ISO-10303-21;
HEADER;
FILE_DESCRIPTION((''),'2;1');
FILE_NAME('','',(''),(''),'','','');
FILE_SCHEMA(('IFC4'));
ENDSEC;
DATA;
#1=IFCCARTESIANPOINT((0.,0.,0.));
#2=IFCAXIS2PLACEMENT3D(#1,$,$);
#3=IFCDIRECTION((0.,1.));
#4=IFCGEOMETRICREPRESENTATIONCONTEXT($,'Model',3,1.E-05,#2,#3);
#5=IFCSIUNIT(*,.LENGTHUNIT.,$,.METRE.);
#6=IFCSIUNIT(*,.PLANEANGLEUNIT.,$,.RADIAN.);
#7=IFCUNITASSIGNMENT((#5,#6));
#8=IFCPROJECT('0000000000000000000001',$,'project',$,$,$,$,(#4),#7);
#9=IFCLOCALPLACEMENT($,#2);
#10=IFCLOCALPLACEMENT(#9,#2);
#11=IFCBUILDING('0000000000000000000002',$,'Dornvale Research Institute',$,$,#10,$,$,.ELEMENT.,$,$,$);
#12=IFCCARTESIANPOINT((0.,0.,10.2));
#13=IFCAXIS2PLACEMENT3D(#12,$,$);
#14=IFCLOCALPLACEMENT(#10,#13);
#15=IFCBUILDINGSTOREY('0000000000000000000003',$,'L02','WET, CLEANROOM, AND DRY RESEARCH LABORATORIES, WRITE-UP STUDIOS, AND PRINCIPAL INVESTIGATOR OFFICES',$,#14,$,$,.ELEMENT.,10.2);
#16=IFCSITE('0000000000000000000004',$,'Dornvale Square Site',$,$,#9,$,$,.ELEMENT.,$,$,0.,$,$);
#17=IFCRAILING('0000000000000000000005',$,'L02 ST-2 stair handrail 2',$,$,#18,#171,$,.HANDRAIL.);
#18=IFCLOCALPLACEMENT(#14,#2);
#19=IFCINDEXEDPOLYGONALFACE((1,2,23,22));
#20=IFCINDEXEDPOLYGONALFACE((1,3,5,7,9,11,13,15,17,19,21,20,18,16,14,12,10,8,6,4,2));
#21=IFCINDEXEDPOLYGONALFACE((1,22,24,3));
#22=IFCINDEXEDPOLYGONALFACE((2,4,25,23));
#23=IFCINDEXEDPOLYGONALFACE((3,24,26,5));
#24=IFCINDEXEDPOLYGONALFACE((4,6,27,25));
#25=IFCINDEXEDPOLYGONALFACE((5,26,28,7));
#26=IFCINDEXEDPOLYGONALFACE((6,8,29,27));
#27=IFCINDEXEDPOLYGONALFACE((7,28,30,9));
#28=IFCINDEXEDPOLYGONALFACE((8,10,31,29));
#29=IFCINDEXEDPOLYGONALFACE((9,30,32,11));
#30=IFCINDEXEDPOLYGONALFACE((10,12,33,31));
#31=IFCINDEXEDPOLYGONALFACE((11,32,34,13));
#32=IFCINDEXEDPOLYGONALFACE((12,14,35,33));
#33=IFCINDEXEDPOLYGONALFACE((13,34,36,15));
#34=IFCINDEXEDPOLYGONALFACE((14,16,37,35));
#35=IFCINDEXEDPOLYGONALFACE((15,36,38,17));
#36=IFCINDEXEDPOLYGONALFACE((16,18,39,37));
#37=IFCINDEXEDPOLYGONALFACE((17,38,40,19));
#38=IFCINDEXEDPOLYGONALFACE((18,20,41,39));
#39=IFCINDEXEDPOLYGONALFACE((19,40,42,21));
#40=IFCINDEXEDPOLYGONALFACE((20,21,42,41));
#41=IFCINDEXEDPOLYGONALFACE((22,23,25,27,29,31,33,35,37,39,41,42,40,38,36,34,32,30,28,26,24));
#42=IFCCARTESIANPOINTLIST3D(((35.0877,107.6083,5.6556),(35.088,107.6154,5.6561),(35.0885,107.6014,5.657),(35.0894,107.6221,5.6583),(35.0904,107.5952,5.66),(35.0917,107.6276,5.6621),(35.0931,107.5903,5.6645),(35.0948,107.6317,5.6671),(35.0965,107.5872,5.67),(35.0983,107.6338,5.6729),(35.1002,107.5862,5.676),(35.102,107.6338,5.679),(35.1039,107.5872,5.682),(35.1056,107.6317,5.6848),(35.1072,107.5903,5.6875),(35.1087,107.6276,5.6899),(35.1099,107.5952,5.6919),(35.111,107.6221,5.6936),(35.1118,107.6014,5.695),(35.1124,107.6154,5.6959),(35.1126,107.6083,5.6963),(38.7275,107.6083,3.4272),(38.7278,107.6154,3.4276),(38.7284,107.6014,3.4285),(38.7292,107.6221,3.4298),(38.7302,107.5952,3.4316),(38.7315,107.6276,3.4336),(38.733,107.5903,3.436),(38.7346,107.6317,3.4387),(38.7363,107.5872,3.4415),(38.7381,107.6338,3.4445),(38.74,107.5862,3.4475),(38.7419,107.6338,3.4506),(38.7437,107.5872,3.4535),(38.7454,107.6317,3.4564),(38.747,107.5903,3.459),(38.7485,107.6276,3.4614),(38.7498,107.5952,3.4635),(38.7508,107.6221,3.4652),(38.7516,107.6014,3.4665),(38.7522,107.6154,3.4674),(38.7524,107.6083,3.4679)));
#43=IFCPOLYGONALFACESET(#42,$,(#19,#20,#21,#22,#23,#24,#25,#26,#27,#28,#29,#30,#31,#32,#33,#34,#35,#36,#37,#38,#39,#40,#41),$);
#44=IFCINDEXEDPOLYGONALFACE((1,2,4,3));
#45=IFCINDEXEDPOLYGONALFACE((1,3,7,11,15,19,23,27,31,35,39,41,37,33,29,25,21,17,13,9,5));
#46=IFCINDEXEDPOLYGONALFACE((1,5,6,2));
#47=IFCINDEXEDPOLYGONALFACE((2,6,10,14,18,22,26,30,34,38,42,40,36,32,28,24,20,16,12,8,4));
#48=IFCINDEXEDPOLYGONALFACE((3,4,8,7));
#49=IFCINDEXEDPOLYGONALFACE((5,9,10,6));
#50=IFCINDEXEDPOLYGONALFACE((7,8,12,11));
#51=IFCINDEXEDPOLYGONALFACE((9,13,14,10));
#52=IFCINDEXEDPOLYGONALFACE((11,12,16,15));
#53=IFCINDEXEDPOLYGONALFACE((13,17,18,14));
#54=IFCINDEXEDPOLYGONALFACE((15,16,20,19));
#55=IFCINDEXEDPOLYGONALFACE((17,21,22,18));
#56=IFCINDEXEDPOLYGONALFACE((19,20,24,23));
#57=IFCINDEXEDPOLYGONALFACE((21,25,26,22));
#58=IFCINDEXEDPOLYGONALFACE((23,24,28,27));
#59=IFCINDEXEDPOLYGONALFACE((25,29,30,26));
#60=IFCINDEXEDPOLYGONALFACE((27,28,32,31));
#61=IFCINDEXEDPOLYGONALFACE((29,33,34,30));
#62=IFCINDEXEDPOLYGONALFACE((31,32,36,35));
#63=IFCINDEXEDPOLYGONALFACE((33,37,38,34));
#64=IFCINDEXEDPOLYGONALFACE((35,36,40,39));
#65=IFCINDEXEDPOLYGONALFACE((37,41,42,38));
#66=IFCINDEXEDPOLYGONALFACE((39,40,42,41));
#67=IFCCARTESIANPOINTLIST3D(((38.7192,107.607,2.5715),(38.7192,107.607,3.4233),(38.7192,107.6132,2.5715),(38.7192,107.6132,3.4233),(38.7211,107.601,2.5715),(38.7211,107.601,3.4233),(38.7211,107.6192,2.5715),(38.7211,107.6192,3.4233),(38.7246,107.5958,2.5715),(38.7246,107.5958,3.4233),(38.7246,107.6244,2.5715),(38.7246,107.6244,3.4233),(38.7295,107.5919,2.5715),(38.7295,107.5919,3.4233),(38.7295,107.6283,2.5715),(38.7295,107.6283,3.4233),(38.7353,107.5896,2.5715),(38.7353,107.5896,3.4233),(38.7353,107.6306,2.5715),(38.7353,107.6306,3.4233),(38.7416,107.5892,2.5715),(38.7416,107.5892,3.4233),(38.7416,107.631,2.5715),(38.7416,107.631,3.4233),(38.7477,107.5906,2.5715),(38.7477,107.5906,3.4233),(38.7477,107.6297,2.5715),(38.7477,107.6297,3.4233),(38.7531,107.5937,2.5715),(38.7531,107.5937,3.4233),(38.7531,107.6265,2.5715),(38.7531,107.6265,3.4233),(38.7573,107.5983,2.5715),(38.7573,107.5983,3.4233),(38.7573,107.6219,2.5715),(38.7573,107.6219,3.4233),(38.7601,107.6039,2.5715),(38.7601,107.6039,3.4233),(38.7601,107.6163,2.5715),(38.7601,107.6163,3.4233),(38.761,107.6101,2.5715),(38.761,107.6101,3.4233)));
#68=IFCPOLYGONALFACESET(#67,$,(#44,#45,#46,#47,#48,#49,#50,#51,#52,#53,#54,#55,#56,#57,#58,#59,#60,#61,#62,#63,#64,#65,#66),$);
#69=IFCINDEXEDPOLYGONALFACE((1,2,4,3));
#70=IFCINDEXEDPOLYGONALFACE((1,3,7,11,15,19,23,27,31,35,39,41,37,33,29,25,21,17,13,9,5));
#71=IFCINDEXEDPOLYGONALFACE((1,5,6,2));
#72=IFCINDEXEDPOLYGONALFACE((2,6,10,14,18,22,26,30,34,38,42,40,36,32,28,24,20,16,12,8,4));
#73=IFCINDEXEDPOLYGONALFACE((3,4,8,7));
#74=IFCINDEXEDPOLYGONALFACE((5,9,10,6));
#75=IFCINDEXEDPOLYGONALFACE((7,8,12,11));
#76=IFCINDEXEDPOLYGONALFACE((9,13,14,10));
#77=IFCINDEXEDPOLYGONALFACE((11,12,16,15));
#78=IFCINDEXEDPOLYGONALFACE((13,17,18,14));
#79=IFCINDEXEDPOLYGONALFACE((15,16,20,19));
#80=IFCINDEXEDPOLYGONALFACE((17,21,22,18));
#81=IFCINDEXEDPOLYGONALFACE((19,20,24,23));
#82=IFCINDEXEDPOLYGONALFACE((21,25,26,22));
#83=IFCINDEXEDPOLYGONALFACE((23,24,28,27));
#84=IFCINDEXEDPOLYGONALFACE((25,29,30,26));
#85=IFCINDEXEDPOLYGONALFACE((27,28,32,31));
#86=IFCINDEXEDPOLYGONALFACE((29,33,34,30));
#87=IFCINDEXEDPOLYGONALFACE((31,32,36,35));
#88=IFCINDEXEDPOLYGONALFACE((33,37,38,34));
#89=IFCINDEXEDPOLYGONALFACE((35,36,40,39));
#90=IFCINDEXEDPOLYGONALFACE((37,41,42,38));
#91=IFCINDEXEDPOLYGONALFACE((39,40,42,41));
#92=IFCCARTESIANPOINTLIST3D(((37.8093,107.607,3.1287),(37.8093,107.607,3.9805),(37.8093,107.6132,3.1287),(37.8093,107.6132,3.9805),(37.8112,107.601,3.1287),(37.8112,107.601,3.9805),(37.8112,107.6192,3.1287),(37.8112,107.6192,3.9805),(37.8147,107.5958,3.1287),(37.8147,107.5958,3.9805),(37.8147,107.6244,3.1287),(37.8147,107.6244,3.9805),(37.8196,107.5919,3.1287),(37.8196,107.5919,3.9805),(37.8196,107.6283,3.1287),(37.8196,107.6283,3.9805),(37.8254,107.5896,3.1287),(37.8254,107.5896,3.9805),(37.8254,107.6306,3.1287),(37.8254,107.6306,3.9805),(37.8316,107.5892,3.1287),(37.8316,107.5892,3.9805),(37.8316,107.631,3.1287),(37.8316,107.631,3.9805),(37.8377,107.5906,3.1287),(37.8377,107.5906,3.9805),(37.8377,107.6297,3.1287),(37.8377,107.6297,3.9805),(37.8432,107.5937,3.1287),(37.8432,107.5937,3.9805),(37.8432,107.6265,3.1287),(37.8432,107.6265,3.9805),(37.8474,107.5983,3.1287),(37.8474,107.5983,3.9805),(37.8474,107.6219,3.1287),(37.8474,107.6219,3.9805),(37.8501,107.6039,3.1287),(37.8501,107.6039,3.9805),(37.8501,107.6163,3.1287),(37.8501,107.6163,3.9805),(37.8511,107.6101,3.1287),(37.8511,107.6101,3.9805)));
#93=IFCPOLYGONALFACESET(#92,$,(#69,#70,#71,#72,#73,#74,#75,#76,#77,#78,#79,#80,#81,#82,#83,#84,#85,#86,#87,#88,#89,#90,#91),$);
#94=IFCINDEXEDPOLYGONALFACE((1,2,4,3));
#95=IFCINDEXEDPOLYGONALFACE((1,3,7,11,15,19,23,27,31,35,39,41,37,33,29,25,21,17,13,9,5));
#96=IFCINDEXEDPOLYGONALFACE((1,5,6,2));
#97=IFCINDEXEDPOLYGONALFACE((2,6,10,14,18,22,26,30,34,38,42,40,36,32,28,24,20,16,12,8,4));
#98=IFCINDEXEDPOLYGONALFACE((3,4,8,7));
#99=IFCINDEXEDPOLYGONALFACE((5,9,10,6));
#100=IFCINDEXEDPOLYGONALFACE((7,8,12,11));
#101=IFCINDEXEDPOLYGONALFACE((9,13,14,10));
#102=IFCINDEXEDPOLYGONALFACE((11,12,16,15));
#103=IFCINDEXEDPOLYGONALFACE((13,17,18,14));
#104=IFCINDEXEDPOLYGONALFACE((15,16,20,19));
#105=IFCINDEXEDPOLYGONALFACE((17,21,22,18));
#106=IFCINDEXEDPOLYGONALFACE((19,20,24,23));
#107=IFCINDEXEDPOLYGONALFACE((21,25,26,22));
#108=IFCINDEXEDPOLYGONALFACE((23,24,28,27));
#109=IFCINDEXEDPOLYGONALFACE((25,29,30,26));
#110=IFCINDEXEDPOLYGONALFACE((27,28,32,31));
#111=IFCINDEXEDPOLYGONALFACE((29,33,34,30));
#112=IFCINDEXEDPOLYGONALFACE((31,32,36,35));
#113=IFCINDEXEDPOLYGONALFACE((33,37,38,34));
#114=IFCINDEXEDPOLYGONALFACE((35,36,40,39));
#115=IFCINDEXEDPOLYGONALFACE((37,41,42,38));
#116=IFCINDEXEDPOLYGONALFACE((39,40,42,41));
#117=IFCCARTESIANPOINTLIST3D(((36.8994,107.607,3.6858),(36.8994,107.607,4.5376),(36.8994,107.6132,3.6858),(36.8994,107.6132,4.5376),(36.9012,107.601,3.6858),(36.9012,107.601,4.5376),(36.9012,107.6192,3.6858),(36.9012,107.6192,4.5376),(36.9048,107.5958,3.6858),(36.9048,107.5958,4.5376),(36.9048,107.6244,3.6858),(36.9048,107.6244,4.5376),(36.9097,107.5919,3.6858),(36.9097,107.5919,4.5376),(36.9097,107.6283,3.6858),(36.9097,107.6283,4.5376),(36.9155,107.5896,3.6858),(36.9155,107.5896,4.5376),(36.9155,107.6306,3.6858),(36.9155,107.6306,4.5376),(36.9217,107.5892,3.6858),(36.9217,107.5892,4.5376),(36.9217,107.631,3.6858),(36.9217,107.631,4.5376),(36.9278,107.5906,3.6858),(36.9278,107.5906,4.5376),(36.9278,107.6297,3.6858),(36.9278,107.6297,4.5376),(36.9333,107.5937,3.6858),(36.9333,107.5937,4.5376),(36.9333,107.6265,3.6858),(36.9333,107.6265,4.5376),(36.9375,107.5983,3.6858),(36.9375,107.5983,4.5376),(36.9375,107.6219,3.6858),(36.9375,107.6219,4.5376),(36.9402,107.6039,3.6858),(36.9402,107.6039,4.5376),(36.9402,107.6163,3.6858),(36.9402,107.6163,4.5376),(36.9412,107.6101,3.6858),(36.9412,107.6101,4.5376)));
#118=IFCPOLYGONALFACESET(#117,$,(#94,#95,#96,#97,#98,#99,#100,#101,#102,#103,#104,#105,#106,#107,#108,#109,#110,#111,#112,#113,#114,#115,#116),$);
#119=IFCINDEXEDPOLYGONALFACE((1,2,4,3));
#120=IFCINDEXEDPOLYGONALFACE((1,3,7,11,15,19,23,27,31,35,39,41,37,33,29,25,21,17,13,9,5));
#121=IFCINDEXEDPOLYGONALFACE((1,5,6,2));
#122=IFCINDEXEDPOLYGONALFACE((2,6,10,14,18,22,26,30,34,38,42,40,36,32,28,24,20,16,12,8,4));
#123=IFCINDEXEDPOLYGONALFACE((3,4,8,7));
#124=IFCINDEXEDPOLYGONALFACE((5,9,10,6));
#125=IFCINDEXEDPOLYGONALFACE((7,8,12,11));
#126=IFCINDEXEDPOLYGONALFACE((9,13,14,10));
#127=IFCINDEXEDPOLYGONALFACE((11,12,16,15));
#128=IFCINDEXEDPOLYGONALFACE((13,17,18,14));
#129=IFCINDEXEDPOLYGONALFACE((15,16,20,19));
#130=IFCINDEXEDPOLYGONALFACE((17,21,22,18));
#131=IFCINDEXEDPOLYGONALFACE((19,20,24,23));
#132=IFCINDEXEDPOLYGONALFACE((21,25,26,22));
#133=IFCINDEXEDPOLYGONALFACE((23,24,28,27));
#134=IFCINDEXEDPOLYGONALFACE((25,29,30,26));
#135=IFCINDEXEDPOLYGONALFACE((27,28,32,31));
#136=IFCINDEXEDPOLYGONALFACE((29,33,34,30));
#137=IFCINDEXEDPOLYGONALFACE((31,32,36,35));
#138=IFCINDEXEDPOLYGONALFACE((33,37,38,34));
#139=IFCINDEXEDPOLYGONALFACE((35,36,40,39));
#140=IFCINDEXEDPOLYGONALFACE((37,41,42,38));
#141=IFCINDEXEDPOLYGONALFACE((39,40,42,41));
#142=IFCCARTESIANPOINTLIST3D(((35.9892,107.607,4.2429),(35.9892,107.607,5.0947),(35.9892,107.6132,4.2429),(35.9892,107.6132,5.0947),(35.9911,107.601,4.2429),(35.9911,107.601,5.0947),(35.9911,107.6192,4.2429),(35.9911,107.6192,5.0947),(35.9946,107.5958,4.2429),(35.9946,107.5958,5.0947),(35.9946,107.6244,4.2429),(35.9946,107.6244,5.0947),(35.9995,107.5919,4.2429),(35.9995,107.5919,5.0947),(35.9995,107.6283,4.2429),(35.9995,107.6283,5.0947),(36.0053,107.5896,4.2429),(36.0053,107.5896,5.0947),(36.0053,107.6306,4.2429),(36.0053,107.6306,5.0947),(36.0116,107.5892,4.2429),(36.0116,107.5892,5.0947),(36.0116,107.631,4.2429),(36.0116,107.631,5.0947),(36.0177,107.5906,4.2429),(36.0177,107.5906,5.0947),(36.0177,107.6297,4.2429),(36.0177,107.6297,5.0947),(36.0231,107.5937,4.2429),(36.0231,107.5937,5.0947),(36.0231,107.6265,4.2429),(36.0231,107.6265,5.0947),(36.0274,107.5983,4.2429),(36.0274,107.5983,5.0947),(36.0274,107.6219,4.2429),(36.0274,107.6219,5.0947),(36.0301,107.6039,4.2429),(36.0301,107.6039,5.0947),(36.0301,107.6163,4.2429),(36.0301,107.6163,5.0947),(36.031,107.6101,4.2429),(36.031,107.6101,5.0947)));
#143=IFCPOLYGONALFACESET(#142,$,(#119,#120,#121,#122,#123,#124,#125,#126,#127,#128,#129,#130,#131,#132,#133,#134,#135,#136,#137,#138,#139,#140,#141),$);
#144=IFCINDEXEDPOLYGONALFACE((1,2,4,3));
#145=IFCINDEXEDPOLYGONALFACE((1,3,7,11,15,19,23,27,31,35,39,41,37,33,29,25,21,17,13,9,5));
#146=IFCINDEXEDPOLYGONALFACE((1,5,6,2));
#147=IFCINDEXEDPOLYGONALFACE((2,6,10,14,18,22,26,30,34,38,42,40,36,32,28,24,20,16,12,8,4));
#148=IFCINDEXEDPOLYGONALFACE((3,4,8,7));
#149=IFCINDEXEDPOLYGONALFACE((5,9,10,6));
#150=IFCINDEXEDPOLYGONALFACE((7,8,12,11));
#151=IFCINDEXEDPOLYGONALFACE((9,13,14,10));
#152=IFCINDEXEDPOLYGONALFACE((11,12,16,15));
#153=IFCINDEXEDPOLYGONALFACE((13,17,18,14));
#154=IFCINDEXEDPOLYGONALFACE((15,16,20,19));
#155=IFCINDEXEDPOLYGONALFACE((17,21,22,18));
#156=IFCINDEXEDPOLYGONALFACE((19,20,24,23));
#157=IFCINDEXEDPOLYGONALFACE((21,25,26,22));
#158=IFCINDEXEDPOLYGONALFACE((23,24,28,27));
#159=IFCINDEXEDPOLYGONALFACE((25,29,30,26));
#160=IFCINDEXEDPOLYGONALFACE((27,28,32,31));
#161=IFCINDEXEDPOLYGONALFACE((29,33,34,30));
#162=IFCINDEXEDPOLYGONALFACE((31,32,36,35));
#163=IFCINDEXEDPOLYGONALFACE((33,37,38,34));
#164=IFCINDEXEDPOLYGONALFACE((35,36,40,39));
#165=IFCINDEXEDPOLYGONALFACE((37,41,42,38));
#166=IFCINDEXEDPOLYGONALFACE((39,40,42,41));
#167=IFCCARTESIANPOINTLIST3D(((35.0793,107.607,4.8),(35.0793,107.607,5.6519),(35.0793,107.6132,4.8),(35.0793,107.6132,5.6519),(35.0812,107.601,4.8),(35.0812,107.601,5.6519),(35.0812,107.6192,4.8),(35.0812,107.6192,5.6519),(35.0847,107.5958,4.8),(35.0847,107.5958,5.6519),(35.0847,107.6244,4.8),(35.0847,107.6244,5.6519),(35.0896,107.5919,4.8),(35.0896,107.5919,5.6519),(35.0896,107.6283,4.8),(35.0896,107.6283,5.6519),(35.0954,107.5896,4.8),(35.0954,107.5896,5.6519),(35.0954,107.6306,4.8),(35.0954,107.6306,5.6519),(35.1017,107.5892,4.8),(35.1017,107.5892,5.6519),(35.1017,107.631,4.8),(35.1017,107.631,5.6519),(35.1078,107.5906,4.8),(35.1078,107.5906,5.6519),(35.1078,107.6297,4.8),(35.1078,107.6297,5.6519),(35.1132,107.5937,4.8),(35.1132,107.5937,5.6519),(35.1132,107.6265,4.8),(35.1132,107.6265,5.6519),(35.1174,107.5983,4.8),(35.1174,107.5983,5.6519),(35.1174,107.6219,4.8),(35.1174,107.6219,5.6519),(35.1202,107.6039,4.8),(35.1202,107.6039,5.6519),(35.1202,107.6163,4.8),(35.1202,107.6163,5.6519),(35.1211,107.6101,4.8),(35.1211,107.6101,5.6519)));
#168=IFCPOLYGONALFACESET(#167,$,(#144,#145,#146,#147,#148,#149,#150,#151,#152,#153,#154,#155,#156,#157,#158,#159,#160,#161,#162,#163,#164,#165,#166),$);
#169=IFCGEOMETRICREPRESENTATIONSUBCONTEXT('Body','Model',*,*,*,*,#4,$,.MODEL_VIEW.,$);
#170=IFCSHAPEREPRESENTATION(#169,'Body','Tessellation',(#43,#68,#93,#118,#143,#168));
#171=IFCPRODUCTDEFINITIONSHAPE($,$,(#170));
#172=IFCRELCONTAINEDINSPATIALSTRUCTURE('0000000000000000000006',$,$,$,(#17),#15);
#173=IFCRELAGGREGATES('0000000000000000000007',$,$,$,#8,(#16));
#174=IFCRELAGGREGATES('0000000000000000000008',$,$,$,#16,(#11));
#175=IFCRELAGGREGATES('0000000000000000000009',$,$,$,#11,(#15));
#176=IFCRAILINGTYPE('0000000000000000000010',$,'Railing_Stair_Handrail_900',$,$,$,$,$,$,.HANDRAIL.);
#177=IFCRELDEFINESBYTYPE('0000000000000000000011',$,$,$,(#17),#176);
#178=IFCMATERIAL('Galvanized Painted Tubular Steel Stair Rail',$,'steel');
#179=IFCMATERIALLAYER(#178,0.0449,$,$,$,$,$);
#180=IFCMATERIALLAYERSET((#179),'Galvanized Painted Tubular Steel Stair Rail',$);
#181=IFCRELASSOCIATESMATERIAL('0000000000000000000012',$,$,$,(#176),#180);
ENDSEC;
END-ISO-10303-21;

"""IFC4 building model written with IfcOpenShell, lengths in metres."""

from ifc_helpers import new_model, si_unit, direction, frame, origin, origin_2d, place, context, subcontext, project, spatial, circle, extrude, material, layer, layer_set, type_object, element, save


model = new_model("IFC4")

# Units and contexts
model_context = context("Model", 3, precision=1e-05, world=origin(), true_north=direction((0.0, 1.0)))
body_context = subcontext(model_context, "Body", "Model", "MODEL_VIEW")
ifc_project = project(units=[si_unit("LENGTHUNIT", "METRE"), si_unit("PLANEANGLEUNIT", "RADIAN")], contexts=[model_context])

# Site, building, storey
site_placement = place(None, origin())
site = spatial("IfcSite", under=ifc_project, at=site_placement, Name="Dornvale Square Site", CompositionType="ELEMENT", RefElevation=0.0)
building_placement = place(site_placement, origin())
building = spatial("IfcBuilding", under=site, at=building_placement, Name="Dornvale Research Institute", CompositionType="ELEMENT")
storey_placement = place(building_placement, frame((0.0, 0.0, 10.2)))
storey = spatial("IfcBuildingStorey", under=building, at=storey_placement, Name="L02", Description="WET, CLEANROOM, AND DRY RESEARCH LABORATORIES, WRITE-UP STUDIOS, AND PRINCIPAL INVESTIGATOR OFFICES", CompositionType="ELEMENT", Elevation=10.2)

# Railing
ifc_material_1 = material(Name="Galvanized Painted Tubular Steel Stair Rail", Category="steel")
ifc_layer_1 = layer(ifc_material_1, 0.0449)
ifc_layer_set_1 = layer_set([ifc_layer_1], Name="Galvanized Painted Tubular Steel Stair Rail")
railing_type_1 = type_object("IfcRailingType", Name="Railing_Stair_Handrail_900", PredefinedType="HANDRAIL", material=ifc_layer_set_1)
railing_1_placement = place(storey_placement, frame((38.74, 107.6101, 2.5715)))
element("IfcRailing", 1, at=railing_1_placement, inside=storey, type_object=railing_type_1, Name="L02 ST-2 stair handrail 2", PredefinedType="HANDRAIL", context=body_context, shape_type="SweptSolid", body=[
    extrude(circle(Radius=0.0239, at=origin_2d()), frame((0.0, 0.0, 0.876), z_axis=(-0.85285, 0.0, 0.522156), x_axis=(0.0, -1.0, 0.0)), (0.0, 0.0, 1.0), 4.2678),
    extrude(circle(Radius=0.021, at=origin_2d()), origin(), (0.0, 0.0, 1.0), 0.8518),
    extrude(circle(Radius=0.021, at=origin_2d()), frame((-0.9099, 0.0, 0.5571)), (0.0, 0.0, 1.0), 0.8518),
    extrude(circle(Radius=0.021, at=origin_2d()), frame((-1.8198, 0.0, 1.1143)), (0.0, 0.0, 1.0), 0.8518),
    extrude(circle(Radius=0.021, at=origin_2d()), frame((-2.73, 0.0, 1.6714)), (0.0, 0.0, 1.0), 0.8518),
    extrude(circle(Radius=0.021, at=origin_2d()), frame((-3.6399, 0.0, 2.2285)), (0.0, 0.0, 1.0), 0.8518),
])

save(model, "model.ifc")
